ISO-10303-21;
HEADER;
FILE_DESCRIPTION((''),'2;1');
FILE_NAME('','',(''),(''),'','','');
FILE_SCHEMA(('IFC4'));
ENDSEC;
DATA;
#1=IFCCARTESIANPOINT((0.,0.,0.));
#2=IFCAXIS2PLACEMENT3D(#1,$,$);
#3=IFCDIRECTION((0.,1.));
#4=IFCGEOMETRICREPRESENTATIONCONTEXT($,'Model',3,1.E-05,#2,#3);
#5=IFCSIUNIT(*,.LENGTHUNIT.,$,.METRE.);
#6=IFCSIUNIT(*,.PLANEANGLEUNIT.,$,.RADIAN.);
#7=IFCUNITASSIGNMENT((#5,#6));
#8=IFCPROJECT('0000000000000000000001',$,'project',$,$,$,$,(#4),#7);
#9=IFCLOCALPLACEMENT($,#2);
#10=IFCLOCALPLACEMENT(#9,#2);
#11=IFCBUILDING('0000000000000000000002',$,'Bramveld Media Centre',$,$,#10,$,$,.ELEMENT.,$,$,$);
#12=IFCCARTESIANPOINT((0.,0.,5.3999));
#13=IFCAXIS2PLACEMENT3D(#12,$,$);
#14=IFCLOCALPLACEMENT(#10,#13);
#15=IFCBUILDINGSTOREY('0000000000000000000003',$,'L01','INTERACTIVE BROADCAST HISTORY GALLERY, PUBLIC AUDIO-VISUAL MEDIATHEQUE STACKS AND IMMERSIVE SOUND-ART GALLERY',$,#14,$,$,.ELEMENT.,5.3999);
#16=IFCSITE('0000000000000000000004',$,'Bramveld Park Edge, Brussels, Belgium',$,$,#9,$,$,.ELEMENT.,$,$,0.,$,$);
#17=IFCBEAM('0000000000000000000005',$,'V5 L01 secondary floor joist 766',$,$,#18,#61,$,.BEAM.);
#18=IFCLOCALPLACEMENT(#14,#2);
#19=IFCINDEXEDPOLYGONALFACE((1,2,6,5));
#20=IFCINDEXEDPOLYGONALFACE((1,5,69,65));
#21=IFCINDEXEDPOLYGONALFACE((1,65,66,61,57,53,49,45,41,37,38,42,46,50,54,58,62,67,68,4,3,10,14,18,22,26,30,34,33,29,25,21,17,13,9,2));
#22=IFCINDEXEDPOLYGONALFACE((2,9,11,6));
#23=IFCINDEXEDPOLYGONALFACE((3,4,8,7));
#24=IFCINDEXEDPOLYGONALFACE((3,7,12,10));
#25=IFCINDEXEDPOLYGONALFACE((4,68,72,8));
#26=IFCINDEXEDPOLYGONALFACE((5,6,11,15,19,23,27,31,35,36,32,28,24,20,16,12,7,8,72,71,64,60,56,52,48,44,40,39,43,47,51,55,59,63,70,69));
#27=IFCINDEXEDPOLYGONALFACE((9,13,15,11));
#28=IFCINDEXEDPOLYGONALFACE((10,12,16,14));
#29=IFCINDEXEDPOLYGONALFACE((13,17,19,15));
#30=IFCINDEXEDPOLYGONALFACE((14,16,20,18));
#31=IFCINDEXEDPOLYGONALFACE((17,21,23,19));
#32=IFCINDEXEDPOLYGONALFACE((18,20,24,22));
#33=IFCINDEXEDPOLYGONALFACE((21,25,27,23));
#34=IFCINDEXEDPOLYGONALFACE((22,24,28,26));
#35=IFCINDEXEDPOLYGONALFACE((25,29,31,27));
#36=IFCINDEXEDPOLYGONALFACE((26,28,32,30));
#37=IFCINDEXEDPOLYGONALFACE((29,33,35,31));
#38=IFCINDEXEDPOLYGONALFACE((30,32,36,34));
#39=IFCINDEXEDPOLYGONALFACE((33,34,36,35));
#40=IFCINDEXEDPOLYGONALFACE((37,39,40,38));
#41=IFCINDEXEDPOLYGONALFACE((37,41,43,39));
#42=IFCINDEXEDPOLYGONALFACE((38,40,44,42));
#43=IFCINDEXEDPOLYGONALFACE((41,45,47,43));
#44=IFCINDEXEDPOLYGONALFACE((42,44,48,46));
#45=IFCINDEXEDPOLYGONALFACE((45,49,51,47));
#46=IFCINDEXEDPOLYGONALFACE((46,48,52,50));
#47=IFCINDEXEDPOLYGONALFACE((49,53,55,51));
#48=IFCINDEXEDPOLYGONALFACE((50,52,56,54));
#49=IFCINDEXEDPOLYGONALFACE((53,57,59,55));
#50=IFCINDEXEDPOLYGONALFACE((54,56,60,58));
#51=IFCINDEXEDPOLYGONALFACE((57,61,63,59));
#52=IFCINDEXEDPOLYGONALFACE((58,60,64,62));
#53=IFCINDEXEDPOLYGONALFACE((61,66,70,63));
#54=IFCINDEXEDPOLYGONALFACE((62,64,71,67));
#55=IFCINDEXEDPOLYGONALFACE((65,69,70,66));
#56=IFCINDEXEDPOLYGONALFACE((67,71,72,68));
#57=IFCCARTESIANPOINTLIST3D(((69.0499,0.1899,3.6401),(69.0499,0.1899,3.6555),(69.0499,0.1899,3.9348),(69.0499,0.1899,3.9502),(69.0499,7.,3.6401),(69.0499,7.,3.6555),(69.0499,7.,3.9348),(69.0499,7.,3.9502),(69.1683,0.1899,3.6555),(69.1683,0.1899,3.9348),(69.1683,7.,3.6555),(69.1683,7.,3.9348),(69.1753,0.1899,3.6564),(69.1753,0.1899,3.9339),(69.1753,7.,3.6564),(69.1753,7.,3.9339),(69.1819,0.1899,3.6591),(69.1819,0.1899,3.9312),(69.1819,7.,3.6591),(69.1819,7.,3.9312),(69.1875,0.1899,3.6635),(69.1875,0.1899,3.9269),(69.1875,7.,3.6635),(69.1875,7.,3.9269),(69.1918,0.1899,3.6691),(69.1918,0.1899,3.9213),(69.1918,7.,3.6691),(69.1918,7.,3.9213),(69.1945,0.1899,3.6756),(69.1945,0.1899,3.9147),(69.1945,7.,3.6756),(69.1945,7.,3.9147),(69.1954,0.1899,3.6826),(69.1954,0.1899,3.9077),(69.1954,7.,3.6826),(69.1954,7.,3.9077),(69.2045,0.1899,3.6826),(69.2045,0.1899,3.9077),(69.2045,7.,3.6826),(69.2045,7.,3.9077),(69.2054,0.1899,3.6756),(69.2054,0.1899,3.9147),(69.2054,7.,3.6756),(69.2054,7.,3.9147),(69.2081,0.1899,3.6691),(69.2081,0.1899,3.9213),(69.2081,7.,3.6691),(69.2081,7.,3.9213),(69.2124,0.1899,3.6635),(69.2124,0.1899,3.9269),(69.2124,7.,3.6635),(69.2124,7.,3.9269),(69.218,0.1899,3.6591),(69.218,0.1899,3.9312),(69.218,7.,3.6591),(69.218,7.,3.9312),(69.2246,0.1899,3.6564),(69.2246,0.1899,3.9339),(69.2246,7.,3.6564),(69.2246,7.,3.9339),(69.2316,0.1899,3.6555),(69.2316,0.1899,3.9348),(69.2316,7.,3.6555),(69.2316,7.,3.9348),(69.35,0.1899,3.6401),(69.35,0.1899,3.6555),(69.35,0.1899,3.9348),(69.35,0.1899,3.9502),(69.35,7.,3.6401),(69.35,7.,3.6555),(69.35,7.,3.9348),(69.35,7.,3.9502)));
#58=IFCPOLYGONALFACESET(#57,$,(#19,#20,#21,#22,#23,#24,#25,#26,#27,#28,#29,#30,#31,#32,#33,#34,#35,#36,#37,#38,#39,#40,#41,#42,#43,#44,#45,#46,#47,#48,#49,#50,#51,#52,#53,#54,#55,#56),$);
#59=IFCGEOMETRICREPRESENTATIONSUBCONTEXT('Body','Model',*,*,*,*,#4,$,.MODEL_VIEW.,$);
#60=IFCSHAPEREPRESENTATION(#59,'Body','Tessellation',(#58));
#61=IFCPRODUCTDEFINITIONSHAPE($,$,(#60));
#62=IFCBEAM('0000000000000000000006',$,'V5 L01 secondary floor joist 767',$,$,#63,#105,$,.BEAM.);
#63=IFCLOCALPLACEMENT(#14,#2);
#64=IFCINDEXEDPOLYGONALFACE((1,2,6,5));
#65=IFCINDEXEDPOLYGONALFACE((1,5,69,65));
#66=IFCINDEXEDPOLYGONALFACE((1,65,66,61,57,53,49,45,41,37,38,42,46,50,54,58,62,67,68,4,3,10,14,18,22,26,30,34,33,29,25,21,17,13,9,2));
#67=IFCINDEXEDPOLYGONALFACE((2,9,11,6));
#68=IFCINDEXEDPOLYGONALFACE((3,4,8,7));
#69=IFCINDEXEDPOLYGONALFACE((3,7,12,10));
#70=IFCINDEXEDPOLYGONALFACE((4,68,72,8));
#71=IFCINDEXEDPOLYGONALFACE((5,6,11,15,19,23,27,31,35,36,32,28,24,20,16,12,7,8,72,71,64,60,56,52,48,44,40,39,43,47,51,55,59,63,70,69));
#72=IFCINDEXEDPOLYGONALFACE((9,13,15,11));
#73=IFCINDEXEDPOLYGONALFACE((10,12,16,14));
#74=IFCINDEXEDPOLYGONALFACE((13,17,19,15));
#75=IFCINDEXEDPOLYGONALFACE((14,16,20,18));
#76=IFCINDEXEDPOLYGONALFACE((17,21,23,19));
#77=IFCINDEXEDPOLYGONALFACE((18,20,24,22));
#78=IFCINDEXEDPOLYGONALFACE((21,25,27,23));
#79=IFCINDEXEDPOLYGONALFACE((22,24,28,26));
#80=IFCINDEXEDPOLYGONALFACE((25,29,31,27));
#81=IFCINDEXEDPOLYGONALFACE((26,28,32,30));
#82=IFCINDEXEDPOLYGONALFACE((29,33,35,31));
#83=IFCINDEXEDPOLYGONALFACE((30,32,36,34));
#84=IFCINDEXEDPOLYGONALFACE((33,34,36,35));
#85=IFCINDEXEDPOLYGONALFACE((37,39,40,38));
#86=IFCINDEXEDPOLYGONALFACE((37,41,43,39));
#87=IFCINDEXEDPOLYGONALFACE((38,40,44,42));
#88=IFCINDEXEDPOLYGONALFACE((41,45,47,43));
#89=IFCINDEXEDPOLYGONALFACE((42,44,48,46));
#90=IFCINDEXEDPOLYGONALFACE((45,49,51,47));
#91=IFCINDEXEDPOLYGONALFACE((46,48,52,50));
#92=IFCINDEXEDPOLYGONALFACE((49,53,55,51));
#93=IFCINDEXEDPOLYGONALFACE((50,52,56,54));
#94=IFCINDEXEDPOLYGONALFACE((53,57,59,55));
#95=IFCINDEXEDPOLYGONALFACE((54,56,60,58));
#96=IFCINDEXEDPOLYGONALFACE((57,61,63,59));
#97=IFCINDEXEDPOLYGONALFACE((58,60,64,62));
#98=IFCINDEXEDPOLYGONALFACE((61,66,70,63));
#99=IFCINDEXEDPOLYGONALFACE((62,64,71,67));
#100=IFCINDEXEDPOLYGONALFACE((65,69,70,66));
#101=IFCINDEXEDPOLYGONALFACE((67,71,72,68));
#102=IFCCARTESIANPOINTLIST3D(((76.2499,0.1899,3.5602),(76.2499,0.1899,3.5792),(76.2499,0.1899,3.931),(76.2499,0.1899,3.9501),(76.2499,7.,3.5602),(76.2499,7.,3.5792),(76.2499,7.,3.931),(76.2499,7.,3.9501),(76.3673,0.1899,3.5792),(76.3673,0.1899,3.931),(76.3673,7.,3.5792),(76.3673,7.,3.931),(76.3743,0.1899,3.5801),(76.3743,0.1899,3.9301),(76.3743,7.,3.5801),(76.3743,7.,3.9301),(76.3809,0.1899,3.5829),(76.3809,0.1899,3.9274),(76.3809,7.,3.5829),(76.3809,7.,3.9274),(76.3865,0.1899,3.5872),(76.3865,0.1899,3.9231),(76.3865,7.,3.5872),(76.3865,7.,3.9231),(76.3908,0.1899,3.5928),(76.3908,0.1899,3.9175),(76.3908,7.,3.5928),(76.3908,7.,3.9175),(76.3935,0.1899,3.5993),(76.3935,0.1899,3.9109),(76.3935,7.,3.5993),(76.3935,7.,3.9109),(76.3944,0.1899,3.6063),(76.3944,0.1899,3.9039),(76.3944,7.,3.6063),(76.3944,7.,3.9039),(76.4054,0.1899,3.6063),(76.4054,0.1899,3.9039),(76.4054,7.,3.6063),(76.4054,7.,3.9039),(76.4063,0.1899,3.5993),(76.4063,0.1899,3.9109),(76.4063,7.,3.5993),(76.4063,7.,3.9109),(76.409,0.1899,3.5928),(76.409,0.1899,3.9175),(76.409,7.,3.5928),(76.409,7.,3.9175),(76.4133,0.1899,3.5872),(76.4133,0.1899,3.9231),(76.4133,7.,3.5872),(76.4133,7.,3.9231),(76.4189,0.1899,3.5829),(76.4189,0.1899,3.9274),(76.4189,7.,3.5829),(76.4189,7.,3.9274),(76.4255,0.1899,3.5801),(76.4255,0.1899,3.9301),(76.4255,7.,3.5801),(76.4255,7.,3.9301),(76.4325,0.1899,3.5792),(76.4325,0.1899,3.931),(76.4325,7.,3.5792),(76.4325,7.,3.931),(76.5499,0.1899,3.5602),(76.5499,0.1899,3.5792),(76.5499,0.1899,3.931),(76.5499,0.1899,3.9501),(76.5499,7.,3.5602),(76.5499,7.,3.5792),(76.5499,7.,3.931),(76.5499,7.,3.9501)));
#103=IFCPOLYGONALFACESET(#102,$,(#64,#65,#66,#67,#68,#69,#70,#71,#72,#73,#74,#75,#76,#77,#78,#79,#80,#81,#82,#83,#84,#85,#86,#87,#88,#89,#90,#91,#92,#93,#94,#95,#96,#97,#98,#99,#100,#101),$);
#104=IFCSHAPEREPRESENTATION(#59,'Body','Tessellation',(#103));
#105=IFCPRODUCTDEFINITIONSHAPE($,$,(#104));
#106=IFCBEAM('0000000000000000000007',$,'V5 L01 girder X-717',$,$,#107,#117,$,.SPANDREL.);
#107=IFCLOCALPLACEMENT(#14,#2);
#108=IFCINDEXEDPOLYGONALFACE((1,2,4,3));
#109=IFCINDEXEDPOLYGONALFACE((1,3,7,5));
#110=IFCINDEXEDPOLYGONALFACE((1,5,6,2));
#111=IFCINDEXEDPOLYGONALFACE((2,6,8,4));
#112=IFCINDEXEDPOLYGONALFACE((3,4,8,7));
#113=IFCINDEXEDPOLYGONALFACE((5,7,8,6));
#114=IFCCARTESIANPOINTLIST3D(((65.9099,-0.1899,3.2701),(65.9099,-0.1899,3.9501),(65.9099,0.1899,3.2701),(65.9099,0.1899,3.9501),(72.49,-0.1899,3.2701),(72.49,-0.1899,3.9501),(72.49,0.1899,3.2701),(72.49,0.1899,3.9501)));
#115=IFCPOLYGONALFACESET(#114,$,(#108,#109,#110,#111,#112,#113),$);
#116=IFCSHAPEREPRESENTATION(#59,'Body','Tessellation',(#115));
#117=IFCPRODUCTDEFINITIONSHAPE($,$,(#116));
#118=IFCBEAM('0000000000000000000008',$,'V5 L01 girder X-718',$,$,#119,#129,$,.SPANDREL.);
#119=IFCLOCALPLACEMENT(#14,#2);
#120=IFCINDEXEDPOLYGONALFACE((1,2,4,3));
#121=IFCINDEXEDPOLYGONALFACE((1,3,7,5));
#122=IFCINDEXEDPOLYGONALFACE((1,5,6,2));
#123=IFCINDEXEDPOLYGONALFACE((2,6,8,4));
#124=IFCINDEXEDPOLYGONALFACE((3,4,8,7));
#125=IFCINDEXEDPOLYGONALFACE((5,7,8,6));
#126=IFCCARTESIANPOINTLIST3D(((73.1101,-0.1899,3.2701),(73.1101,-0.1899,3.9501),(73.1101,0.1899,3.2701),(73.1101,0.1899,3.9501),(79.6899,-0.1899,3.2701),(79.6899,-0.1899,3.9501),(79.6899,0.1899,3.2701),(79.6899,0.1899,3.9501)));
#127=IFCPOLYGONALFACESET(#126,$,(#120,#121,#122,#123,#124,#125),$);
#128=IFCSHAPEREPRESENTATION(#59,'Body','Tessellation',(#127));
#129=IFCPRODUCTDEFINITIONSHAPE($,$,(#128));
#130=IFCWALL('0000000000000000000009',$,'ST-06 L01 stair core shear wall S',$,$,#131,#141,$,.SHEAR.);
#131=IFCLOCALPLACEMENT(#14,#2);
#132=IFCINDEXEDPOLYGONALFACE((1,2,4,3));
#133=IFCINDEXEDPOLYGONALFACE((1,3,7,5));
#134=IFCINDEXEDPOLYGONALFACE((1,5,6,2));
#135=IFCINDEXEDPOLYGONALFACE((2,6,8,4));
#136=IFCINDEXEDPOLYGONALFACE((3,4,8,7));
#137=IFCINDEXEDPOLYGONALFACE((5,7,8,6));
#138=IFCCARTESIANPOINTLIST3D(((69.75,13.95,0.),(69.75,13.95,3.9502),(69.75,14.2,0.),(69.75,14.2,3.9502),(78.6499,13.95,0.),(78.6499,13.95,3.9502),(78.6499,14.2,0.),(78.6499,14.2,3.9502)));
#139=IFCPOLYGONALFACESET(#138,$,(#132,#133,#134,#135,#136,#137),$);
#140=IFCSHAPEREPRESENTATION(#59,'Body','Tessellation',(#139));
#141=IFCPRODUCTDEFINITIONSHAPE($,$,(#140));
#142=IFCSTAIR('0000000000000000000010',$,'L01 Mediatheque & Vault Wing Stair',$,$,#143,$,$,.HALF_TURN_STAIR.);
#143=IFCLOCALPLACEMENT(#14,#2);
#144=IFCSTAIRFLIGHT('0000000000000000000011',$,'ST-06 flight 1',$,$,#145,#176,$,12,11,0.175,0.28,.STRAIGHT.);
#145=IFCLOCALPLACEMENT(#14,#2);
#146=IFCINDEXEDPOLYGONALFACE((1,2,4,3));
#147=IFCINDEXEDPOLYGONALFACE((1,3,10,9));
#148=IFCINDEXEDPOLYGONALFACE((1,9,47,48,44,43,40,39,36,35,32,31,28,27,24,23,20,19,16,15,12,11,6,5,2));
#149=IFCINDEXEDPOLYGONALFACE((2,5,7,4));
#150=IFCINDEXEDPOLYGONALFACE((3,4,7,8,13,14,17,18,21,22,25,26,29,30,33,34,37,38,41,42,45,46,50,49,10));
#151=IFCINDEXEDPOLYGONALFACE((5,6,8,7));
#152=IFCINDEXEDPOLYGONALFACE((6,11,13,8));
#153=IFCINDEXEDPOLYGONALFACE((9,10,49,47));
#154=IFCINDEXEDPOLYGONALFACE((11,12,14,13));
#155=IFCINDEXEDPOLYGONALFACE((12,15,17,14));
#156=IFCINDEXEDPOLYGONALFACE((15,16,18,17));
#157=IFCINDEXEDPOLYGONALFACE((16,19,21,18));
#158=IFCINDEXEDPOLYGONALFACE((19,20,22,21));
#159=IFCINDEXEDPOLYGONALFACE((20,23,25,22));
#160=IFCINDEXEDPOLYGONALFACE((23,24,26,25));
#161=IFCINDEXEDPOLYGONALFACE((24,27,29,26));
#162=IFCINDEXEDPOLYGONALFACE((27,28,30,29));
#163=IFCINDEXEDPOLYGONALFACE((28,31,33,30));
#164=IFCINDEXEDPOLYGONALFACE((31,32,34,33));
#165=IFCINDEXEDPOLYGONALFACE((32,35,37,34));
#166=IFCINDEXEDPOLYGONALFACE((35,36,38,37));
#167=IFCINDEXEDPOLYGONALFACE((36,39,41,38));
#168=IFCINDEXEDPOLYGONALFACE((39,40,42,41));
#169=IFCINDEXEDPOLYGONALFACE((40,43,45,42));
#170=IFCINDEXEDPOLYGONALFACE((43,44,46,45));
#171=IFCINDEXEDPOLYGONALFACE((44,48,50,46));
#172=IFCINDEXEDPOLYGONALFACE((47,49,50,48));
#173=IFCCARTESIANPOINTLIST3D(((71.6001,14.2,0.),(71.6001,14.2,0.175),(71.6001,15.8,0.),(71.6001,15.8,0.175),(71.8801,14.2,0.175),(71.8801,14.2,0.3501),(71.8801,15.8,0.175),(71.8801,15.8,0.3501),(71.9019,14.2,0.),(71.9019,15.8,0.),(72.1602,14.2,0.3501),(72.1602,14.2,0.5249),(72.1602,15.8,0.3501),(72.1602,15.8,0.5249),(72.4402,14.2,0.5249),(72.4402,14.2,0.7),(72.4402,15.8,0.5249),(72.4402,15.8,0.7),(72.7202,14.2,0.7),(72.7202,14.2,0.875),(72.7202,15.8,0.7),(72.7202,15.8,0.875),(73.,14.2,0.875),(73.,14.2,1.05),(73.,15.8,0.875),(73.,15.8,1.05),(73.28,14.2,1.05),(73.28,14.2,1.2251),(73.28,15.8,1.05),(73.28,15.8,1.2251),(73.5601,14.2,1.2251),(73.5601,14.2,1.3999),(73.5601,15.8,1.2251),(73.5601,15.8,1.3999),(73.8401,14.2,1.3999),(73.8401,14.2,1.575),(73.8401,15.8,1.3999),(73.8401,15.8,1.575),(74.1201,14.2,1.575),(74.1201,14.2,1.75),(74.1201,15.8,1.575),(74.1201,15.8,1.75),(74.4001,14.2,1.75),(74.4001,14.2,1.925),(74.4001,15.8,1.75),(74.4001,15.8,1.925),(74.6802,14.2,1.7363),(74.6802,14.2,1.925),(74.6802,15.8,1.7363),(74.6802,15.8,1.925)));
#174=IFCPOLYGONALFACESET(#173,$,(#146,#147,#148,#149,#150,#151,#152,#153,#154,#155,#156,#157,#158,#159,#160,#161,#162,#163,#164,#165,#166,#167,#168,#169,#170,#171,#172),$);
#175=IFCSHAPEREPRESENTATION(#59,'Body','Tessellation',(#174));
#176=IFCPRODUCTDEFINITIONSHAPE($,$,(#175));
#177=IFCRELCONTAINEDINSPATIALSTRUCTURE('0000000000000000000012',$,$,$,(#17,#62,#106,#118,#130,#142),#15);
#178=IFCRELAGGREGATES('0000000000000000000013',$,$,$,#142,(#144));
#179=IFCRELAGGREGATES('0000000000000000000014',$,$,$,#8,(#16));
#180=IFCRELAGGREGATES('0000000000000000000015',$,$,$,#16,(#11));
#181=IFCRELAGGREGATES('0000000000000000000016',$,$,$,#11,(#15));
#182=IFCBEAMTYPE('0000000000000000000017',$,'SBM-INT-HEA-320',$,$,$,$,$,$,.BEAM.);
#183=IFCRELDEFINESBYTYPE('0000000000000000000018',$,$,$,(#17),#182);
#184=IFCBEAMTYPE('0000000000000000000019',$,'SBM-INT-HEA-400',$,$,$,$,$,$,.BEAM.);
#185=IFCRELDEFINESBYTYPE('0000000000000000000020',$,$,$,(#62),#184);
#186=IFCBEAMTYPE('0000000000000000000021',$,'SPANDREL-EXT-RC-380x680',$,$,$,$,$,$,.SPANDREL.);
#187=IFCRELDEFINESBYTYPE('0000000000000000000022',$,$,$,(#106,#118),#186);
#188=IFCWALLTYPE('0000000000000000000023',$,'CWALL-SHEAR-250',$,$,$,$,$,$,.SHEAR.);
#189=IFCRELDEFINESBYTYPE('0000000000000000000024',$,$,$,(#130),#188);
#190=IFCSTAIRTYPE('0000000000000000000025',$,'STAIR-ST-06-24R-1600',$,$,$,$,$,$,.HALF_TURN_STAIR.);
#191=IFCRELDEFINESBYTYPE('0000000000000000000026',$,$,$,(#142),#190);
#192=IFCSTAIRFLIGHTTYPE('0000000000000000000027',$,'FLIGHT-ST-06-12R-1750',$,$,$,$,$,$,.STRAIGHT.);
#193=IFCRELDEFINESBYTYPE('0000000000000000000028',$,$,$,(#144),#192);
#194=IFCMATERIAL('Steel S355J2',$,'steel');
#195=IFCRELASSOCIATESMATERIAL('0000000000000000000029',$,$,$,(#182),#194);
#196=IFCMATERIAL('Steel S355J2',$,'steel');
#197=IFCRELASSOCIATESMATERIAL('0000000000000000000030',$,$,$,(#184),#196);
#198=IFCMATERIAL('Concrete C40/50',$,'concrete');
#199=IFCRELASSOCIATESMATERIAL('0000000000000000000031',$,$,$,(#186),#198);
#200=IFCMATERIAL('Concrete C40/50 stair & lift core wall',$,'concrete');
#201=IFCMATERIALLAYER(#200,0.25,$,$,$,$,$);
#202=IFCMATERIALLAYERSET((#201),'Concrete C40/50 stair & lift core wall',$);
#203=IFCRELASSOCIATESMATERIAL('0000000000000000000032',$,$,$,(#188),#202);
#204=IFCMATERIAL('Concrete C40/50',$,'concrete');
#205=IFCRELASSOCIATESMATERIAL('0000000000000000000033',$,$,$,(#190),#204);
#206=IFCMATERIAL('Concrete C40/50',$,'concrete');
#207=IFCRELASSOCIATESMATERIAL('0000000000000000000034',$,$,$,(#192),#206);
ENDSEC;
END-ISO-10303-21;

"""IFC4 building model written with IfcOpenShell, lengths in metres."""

from ifc_helpers import new_model, si_unit, direction, frame, frame_2d, origin, origin_2d, place, context, subcontext, project, spatial, polyline, rectangle, i_section, outline, extrude, material, layer, layer_set, material_profile, profile_set, type_object, element, aggregate, save


model = new_model("IFC4")

# Units and contexts
model_context = context("Model", 3, precision=1e-05, world=origin(), true_north=direction((0.0, 1.0)))
body_context = subcontext(model_context, "Body", "Model", "MODEL_VIEW")
ifc_project = project(units=[si_unit("LENGTHUNIT", "METRE"), si_unit("PLANEANGLEUNIT", "RADIAN")], contexts=[model_context])

# Site, building, storey
site_placement = place(None, origin())
site = spatial("IfcSite", under=ifc_project, at=site_placement, Name="Bramveld Park Edge, Brussels, Belgium", CompositionType="ELEMENT", RefElevation=0.0)
building_placement = place(site_placement, origin())
building = spatial("IfcBuilding", under=site, at=building_placement, Name="Bramveld Media Centre", CompositionType="ELEMENT")
storey_placement = place(building_placement, frame((0.0, 0.0, 5.3999)))
storey = spatial("IfcBuildingStorey", under=building, at=storey_placement, Name="L01", Description="INTERACTIVE BROADCAST HISTORY GALLERY, PUBLIC AUDIO-VISUAL MEDIATHEQUE STACKS AND IMMERSIVE SOUND-ART GALLERY", CompositionType="ELEMENT", Elevation=5.3999)

# Beams
ifc_material_1 = material(Name="Steel S355J2", Category="steel")
ifc_material_profile_1 = material_profile(ifc_material_1, i_section(OverallWidth=0.3, OverallDepth=0.3101, WebThickness=0.009, FlangeThickness=0.0154, FilletRadius=0.0271, at=origin_2d()), Name="HEA 320")
ifc_profile_set_1 = profile_set([ifc_material_profile_1], Name="Steel S355J2")
beam_type_1 = type_object("IfcBeamType", Name="SBM-INT-HEA-320", PredefinedType="BEAM", material=ifc_profile_set_1)
beam_1_placement = place(storey_placement, frame((69.2, 0.1899, 3.7952), z_axis=(0.0, 1.0, 0.0), x_axis=(-1.0, 0.0, 0.0)))
element("IfcBeam", 1, at=beam_1_placement, inside=storey, type_object=beam_type_1, Name="V5 L01 secondary floor joist 766", PredefinedType="BEAM", context=body_context, shape_type="SweptSolid", body=[
    extrude(i_section(OverallWidth=0.3, OverallDepth=0.3101, WebThickness=0.009, FlangeThickness=0.0154, FilletRadius=0.0271, at=origin_2d()), origin(), (0.0, 0.0, 1.0), 6.8101),
])
ifc_material_2 = material(Name="Steel S355J2", Category="steel")
ifc_material_profile_2 = material_profile(ifc_material_2, i_section(OverallWidth=0.3, OverallDepth=0.3899, WebThickness=0.011, FlangeThickness=0.019, FilletRadius=0.0271, at=origin_2d()), Name="HEA 400")
ifc_profile_set_2 = profile_set([ifc_material_profile_2], Name="Steel S355J2")
beam_type_2 = type_object("IfcBeamType", Name="SBM-INT-HEA-400", PredefinedType="BEAM", material=ifc_profile_set_2)
beam_2_placement = place(storey_placement, frame((76.3999, 0.1899, 3.7551), z_axis=(0.0, 1.0, 0.0), x_axis=(-1.0, 0.0, 0.0)))
element("IfcBeam", 2, at=beam_2_placement, inside=storey, type_object=beam_type_2, Name="V5 L01 secondary floor joist 767", PredefinedType="BEAM", context=body_context, shape_type="SweptSolid", body=[
    extrude(i_section(OverallWidth=0.3, OverallDepth=0.3899, WebThickness=0.011, FlangeThickness=0.019, FilletRadius=0.0271, at=origin_2d()), origin(), (0.0, 0.0, 1.0), 6.8101),
])
ifc_material_3 = material(Name="Concrete C40/50", Category="concrete")
ifc_material_profile_3 = material_profile(ifc_material_3, rectangle(XDim=0.3799, YDim=0.6799, at=origin_2d()), Name="RC 380x680")
ifc_profile_set_3 = profile_set([ifc_material_profile_3], Name="Concrete C40/50")
beam_type_3 = type_object("IfcBeamType", Name="SPANDREL-EXT-RC-380x680", PredefinedType="SPANDREL", material=ifc_profile_set_3)
beam_3_placement = place(storey_placement, frame((65.9099, 0.0, 3.6101), z_axis=(1.0, 0.0, 0.0), x_axis=(0.0, 1.0, 0.0)))
element("IfcBeam", 3, at=beam_3_placement, inside=storey, type_object=beam_type_3, Name="V5 L01 girder X-717", PredefinedType="SPANDREL", context=body_context, shape_type="SweptSolid", body=[
    extrude(rectangle(XDim=0.3799, YDim=0.6799, at=origin_2d()), origin(), (0.0, 0.0, 1.0), 6.5801),
])
beam_4_placement = place(storey_placement, frame((73.1101, 0.0, 3.6101), z_axis=(1.0, 0.0, 0.0), x_axis=(0.0, 1.0, 0.0)))
element("IfcBeam", 4, at=beam_4_placement, inside=storey, type_object=beam_type_3, Name="V5 L01 girder X-718", PredefinedType="SPANDREL", context=body_context, shape_type="SweptSolid", body=[
    extrude(rectangle(XDim=0.3799, YDim=0.6799, at=origin_2d()), origin(), (0.0, 0.0, 1.0), 6.5798),
])

# Wall
ifc_material_4 = material(Name="Concrete C40/50 stair & lift core wall", Category="concrete")
ifc_layer = layer(ifc_material_4, 0.25)
ifc_layer_set = layer_set([ifc_layer], Name="Concrete C40/50 stair & lift core wall")
wall_type = type_object("IfcWallType", Name="CWALL-SHEAR-250", PredefinedType="SHEAR", material=ifc_layer_set)
wall_1_placement = place(storey_placement, frame((69.75, 14.075, 0.0), z_axis=(0.0, 0.0, 1.0), x_axis=(1.0, 0.0, 0.0)))
element("IfcWall", 5, at=wall_1_placement, inside=storey, type_object=wall_type, Name="ST-06 L01 stair core shear wall S", PredefinedType="SHEAR", context=body_context, shape_type="SweptSolid", body=[
    extrude(rectangle(XDim=8.8999, YDim=0.25, at=frame_2d((4.45, 0.0))), origin(), (0.0, 0.0, 1.0), 3.9502),
])

# Stair, stair flight
ifc_material_5 = material(Name="Concrete C40/50", Category="concrete")
stair_type = type_object("IfcStairType", Name="STAIR-ST-06-24R-1600", PredefinedType="HALF_TURN_STAIR", material=ifc_material_5)
stair_placement = place(storey_placement, origin())
stair = element("IfcStair", 6, at=stair_placement, inside=storey, type_object=stair_type, Name="L01 Mediatheque & Vault Wing Stair", PredefinedType="HALF_TURN_STAIR")
ifc_material_6 = material(Name="Concrete C40/50", Category="concrete")
stair_flight_type = type_object("IfcStairFlightType", Name="FLIGHT-ST-06-12R-1750", PredefinedType="STRAIGHT", material=ifc_material_6)
stair_flight_1_placement = place(storey_placement, frame((71.6001, 15.0, 0.0), z_axis=(0.0, 0.0, 1.0), x_axis=(1.0, 0.0, 0.0)))
stair_flight_1 = element("IfcStairFlight", 7, at=stair_flight_1_placement, type_object=stair_flight_type, Name="ST-06 flight 1", NumberOfRisers=12, NumberOfTreads=11, PredefinedType="STRAIGHT", RiserHeight=0.175, TreadLength=0.28, context=body_context, shape_type="SweptSolid", body=[
    extrude(outline(polyline([(0.0, 0.0), (0.0, 0.175), (0.28, 0.175), (0.28, 0.3501), (0.5601, 0.3501), (0.5601, 0.5249), (0.8401, 0.5249), (0.8401, 0.7), (1.1201, 0.7), (1.1201, 0.875), (1.3999, 0.875), (1.3999, 1.05), (1.6799, 1.05), (1.6799, 1.2251), (1.96, 1.2251), (1.96, 1.3999), (2.24, 1.3999), (2.24, 1.575), (2.52, 1.575), (2.52, 1.75), (2.8, 1.75), (2.8, 1.925), (3.0801, 1.925), (3.0801, 2.1001), (3.0801, 1.7363), (0.3018, 0.0), (0.0, 0.0)])), frame((0.0, 0.8, 0.0), z_axis=(0.0, -1.0, 0.0), x_axis=(1.0, 0.0, 0.0)), (0.0, 0.0, 1.0), 1.6001),
])
aggregate(stair, [stair_flight_1])

save(model, "model.ifc")
